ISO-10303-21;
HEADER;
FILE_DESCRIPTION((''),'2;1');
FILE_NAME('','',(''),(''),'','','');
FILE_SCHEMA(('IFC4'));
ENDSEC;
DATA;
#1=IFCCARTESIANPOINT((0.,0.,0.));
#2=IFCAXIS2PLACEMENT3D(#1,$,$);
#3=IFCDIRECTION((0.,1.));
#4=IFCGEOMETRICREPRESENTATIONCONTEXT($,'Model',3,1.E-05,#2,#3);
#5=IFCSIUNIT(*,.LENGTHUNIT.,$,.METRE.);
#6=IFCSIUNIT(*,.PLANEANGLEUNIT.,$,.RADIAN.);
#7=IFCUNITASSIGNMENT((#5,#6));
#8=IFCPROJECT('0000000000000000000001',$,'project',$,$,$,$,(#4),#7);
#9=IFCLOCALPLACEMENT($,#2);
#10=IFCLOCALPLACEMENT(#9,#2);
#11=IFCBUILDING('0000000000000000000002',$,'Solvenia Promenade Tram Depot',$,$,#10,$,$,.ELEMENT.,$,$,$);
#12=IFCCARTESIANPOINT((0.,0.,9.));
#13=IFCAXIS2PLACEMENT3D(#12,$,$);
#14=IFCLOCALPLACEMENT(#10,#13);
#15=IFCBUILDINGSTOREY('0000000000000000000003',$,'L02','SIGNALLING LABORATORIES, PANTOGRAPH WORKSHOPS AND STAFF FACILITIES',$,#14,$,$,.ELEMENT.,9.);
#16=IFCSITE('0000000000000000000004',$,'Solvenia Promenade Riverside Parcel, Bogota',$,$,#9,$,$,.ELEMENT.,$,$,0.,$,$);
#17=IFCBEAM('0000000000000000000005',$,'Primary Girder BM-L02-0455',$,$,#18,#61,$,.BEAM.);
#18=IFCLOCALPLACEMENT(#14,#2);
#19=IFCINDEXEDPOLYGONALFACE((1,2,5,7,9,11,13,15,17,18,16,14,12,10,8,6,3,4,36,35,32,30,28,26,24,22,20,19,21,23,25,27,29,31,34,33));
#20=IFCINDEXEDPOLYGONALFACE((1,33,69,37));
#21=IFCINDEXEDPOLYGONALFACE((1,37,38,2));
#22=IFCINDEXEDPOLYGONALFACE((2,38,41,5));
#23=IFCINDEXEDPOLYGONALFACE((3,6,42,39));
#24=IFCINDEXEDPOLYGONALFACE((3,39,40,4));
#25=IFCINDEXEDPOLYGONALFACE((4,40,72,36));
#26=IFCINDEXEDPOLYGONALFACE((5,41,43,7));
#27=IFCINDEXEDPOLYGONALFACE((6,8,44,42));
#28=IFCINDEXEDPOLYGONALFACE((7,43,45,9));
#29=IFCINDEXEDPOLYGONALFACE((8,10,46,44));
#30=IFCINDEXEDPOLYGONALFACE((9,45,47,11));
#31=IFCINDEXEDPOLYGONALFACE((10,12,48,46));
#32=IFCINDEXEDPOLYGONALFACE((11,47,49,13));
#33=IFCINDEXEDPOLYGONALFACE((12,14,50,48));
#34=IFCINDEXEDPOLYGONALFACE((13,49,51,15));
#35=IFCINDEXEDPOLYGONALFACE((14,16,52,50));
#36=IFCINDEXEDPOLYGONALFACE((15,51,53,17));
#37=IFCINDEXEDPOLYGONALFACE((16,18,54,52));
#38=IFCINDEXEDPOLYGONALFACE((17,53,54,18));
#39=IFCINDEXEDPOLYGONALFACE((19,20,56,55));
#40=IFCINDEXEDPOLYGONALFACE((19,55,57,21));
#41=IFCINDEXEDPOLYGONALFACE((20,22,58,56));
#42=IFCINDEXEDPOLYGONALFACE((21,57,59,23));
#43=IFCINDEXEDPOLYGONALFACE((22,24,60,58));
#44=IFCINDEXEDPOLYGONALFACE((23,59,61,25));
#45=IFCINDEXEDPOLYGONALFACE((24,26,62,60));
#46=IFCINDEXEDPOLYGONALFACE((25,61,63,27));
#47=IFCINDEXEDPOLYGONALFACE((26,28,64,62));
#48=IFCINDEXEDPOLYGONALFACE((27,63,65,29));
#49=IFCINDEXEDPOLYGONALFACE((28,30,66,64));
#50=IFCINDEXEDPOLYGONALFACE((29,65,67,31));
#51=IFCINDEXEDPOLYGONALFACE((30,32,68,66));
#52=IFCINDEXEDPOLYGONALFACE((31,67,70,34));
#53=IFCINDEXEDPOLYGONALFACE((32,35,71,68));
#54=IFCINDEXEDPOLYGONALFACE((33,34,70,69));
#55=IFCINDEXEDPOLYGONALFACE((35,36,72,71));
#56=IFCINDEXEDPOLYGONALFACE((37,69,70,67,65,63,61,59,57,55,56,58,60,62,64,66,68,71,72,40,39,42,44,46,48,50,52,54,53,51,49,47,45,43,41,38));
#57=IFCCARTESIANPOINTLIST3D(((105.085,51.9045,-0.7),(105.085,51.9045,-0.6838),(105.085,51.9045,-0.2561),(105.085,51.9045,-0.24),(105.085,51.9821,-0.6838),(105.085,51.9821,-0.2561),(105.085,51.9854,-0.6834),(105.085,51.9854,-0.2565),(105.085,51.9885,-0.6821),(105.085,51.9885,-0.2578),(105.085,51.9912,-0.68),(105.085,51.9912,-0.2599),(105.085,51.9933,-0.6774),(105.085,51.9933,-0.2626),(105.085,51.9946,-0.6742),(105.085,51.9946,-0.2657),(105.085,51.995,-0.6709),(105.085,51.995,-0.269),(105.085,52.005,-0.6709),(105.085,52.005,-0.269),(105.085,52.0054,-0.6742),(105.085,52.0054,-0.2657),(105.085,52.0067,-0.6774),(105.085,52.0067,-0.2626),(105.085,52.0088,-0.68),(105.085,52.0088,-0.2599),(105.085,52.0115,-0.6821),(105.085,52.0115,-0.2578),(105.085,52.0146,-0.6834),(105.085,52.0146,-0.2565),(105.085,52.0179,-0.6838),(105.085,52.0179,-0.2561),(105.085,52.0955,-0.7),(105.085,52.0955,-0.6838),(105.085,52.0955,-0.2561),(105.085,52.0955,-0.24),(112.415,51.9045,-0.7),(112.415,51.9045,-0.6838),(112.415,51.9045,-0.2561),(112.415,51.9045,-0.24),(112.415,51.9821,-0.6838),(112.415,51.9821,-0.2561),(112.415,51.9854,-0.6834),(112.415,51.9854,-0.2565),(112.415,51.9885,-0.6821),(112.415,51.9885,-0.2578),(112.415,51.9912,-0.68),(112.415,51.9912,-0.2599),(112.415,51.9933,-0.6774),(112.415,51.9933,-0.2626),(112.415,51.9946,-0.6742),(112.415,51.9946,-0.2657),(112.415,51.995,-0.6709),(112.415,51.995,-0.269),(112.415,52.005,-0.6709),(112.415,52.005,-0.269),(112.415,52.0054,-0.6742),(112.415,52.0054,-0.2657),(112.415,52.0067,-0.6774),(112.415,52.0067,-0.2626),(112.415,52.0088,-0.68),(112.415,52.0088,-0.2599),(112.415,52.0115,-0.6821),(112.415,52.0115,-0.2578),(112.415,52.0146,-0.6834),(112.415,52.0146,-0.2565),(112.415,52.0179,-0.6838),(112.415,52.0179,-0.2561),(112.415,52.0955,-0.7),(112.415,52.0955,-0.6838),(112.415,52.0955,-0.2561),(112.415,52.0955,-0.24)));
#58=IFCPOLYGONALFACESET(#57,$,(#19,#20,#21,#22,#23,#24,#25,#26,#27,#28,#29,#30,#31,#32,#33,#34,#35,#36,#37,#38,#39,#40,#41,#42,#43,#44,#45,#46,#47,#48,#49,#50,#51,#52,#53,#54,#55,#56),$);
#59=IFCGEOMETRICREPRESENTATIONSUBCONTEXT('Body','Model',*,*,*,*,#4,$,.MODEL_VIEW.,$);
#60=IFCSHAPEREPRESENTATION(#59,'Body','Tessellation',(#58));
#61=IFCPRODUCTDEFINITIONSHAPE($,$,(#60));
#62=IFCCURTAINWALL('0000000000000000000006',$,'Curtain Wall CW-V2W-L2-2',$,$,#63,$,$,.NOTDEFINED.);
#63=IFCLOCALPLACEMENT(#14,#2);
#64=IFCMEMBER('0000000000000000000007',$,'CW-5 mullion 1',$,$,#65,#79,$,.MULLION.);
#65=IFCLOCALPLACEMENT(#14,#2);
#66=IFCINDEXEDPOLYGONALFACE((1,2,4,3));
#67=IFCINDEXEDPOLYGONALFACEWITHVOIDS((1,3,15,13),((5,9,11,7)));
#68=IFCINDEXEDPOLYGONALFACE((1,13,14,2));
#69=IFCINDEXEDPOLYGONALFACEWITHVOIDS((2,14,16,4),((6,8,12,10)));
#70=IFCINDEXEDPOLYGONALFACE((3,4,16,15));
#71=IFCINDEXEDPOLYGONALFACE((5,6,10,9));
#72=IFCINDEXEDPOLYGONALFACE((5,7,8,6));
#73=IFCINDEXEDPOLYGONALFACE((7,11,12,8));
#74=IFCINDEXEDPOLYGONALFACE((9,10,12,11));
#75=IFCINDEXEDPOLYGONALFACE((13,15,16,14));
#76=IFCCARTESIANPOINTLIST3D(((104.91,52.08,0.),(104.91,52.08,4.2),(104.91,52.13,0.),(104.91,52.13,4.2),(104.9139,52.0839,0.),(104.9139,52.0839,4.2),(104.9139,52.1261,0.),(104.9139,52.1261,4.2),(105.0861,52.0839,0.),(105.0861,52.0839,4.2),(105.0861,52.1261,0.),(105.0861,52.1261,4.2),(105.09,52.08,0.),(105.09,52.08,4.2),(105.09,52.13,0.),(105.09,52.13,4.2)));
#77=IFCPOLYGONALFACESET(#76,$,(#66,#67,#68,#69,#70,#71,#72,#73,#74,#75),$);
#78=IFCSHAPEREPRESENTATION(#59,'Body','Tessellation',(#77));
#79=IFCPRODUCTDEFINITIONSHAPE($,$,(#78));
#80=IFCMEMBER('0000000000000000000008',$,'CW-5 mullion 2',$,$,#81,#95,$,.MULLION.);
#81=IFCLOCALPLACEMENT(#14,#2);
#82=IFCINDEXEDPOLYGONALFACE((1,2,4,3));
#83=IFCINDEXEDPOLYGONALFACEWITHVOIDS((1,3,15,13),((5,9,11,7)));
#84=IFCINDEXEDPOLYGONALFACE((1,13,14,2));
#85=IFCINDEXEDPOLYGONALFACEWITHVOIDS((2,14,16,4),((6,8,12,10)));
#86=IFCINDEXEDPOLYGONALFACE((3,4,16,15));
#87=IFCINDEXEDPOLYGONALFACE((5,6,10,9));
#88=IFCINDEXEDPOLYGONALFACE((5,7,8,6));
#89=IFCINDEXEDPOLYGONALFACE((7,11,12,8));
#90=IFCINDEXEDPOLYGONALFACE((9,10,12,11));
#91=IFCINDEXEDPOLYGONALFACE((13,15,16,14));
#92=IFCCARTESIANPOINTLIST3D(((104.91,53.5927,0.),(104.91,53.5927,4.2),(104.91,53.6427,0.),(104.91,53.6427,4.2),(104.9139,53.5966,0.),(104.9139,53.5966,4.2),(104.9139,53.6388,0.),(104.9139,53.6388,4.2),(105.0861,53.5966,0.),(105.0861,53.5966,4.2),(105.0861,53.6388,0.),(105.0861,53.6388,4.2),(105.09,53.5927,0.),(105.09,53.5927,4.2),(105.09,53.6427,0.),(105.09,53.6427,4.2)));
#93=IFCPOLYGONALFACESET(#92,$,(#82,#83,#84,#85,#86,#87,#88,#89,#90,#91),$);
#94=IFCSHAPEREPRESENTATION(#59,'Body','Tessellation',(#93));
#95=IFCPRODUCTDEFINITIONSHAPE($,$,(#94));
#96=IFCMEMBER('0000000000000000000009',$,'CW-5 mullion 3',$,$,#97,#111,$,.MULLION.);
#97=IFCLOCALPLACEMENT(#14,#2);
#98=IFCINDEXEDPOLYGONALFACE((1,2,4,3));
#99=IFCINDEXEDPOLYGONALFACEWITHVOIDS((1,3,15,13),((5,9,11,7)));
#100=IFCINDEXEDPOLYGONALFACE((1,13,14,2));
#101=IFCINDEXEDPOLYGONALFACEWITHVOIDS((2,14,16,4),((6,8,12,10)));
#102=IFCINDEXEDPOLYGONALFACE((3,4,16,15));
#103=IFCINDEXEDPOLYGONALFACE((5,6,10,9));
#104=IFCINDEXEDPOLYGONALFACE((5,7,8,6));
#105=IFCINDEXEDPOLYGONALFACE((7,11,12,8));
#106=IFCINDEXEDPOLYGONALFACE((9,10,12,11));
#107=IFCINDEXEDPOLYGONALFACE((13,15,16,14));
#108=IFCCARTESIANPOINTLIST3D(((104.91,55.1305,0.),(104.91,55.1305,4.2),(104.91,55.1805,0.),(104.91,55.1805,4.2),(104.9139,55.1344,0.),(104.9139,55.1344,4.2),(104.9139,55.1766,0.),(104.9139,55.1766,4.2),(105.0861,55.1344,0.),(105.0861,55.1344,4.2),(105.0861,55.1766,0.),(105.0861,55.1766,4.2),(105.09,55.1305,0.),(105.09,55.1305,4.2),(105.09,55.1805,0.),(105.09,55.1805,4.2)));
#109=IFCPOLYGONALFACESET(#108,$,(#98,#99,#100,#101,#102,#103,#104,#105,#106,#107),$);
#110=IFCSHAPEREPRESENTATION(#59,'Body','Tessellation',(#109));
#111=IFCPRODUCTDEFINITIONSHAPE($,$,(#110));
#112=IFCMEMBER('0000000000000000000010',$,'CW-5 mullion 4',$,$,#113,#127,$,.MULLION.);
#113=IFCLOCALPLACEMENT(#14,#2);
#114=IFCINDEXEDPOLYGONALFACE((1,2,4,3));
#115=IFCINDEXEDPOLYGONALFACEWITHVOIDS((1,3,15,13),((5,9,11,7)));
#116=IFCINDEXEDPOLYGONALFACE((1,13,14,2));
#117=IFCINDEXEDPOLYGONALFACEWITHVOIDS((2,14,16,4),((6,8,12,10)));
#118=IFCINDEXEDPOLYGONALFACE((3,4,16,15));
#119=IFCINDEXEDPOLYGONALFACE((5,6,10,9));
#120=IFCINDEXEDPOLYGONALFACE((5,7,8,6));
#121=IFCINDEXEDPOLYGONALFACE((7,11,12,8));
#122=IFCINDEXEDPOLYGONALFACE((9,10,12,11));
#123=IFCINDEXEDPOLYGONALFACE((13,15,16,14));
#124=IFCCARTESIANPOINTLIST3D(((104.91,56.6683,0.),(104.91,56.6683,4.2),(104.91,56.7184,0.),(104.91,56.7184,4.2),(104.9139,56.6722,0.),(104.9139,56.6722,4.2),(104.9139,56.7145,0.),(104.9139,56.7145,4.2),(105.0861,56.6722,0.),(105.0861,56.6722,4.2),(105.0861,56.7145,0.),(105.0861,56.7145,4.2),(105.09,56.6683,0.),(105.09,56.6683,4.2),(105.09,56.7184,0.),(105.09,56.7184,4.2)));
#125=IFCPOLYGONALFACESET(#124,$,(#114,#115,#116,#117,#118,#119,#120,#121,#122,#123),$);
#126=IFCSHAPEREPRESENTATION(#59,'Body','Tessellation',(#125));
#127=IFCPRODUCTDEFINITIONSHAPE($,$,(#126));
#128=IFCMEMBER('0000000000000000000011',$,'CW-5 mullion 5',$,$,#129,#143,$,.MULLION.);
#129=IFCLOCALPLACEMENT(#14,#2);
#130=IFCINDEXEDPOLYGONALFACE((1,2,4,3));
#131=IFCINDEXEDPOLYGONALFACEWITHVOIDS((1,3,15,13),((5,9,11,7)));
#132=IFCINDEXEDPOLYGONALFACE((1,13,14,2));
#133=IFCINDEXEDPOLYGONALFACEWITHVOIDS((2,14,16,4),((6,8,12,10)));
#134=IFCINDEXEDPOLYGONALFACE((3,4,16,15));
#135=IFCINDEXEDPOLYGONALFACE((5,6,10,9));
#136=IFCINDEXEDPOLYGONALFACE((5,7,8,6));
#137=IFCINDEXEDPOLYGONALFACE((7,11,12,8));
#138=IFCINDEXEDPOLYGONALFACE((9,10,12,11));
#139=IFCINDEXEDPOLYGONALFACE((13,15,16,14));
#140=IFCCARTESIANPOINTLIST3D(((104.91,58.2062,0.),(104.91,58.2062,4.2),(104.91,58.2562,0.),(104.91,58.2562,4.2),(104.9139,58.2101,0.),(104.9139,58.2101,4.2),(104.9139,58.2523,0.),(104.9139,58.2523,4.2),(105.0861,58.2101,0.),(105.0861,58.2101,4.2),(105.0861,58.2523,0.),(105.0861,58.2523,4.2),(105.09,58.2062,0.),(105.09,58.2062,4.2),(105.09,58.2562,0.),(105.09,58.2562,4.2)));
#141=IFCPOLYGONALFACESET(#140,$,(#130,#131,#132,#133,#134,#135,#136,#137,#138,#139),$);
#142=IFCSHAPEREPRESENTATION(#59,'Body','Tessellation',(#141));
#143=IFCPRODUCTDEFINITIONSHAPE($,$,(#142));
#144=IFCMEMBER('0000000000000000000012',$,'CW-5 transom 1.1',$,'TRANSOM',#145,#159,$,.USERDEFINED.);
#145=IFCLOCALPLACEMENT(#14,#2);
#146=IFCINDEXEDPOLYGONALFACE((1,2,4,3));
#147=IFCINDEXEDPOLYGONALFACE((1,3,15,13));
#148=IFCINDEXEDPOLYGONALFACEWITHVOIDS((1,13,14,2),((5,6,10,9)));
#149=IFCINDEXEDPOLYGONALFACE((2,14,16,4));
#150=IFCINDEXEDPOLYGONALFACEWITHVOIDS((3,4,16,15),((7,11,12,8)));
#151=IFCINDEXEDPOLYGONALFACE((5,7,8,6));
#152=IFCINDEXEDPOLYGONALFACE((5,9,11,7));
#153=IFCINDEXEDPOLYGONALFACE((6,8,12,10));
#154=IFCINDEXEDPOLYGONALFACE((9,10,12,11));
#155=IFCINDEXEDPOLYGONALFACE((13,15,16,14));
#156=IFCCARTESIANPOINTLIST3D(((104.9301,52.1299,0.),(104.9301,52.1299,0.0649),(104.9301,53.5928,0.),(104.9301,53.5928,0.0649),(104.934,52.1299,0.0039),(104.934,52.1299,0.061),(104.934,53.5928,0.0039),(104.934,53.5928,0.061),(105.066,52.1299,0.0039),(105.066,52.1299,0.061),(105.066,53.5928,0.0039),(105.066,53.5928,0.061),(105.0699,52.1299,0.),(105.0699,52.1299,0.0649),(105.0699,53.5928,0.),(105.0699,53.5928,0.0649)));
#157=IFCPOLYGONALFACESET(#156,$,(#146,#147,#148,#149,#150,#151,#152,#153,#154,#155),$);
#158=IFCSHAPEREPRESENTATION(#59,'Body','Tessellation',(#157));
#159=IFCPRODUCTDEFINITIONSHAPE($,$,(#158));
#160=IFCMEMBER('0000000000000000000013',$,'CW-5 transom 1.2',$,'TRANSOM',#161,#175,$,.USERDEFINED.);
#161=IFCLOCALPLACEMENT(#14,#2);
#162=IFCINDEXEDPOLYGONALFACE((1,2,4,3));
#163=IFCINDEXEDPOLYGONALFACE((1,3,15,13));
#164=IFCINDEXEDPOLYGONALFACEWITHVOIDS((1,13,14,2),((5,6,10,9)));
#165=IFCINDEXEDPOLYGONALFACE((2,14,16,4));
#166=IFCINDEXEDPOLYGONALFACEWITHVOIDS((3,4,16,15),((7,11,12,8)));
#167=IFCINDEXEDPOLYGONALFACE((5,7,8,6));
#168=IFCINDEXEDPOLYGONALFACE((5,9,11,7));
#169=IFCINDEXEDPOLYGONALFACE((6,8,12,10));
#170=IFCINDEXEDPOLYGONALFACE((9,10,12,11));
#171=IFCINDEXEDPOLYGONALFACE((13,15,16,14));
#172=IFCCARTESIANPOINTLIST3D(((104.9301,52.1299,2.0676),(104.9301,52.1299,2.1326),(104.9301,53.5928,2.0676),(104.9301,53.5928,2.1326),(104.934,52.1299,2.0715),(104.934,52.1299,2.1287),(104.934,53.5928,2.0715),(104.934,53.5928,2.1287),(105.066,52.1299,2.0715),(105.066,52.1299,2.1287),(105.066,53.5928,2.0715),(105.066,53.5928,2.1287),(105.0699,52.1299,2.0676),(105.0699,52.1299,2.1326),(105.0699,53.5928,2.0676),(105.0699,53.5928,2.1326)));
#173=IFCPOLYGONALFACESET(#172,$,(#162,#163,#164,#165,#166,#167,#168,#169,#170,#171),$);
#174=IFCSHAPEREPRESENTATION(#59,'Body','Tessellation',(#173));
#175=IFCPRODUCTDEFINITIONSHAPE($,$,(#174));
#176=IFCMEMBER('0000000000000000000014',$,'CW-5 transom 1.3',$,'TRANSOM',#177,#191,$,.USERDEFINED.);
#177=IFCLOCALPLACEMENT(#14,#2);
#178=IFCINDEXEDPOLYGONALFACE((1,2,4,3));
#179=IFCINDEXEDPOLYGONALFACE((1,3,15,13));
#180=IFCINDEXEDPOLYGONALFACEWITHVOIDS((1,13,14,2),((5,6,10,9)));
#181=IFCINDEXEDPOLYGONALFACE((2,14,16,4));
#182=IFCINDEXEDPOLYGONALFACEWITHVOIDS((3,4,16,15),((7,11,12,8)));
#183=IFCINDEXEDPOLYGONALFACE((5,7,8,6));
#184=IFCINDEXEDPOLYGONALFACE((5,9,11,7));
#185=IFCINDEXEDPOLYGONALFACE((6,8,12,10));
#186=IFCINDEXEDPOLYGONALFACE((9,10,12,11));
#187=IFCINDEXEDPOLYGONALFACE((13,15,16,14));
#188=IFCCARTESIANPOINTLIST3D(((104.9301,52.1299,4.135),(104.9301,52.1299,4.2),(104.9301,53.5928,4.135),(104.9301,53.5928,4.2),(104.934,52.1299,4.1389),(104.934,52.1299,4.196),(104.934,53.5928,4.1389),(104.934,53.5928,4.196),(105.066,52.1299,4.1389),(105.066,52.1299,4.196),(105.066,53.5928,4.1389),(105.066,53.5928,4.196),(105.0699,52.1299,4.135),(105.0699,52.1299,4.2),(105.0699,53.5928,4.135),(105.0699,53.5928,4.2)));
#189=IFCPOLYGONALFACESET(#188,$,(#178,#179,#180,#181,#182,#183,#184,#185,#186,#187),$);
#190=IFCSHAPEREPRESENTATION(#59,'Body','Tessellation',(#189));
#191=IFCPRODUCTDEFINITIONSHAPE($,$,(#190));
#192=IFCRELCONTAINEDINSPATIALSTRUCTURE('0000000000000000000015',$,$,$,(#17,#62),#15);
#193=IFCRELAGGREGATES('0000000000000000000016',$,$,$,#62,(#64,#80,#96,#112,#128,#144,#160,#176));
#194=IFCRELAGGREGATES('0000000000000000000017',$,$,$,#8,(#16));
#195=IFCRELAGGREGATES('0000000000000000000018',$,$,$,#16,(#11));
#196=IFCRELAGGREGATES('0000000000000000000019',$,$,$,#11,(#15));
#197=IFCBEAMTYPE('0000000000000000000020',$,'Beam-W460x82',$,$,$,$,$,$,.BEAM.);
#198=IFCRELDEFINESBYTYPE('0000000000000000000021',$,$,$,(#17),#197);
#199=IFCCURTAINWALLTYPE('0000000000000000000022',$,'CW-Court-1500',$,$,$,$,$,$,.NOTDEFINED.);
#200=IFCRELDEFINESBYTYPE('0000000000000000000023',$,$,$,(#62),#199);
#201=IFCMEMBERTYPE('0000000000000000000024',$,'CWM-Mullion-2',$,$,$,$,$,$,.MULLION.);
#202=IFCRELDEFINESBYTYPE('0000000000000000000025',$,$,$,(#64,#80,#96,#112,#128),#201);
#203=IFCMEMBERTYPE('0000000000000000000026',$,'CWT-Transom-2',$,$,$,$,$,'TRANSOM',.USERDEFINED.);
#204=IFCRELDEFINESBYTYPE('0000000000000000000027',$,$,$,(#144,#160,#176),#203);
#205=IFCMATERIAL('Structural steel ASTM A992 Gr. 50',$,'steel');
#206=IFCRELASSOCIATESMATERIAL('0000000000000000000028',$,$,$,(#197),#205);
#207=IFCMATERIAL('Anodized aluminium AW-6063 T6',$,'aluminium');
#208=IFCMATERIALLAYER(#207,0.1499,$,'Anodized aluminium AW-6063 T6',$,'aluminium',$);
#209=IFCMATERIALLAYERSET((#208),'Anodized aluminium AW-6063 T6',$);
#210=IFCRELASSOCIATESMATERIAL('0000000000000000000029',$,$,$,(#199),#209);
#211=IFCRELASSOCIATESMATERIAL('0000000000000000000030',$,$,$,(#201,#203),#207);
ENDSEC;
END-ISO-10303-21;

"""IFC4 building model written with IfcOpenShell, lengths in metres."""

from ifc_helpers import new_model, si_unit, direction, frame, origin, origin_2d, place, context, subcontext, project, spatial, hollow_rectangle, i_section, extrude, material, layer, layer_set, material_profile, profile_set, type_object, element, aggregate, save


model = new_model("IFC4")

# Units and contexts
model_context = context("Model", 3, precision=1e-05, world=origin(), true_north=direction((0.0, 1.0)))
body_context = subcontext(model_context, "Body", "Model", "MODEL_VIEW")
ifc_project = project(units=[si_unit("LENGTHUNIT", "METRE"), si_unit("PLANEANGLEUNIT", "RADIAN")], contexts=[model_context])

# Site, building, storey
site_placement = place(None, origin())
site = spatial("IfcSite", under=ifc_project, at=site_placement, Name="Solvenia Promenade Riverside Parcel, Bogota", CompositionType="ELEMENT", RefElevation=0.0)
building_placement = place(site_placement, origin())
building = spatial("IfcBuilding", under=site, at=building_placement, Name="Solvenia Promenade Tram Depot", CompositionType="ELEMENT")
storey_placement = place(building_placement, frame((0.0, 0.0, 9.0)))
storey = spatial("IfcBuildingStorey", under=building, at=storey_placement, Name="L02", Description="SIGNALLING LABORATORIES, PANTOGRAPH WORKSHOPS AND STAFF FACILITIES", CompositionType="ELEMENT", Elevation=9.0)

# Beam
ifc_material_1 = material(Name="Structural steel ASTM A992 Gr. 50", Category="steel")
ifc_material_profile_1 = material_profile(ifc_material_1, i_section(OverallWidth=0.1909, OverallDepth=0.46, WebThickness=0.01, FlangeThickness=0.0161, FilletRadius=0.0129, at=origin_2d()), Name="W460x82", Category="steel")
ifc_profile_set_1 = profile_set([ifc_material_profile_1], Name="Structural steel ASTM A992 Gr. 50")
beam_type_1 = type_object("IfcBeamType", Name="Beam-W460x82", PredefinedType="BEAM", material=ifc_profile_set_1)
beam_1_placement = place(storey_placement, frame((105.085, 52.0, -0.47), z_axis=(1.0, 0.0, 0.0), x_axis=(0.0, 1.0, 0.0)))
element("IfcBeam", 1, at=beam_1_placement, inside=storey, type_object=beam_type_1, Name="Primary Girder BM-L02-0455", PredefinedType="BEAM", context=body_context, shape_type="SweptSolid", body=[
    extrude(i_section(OverallWidth=0.1909, OverallDepth=0.46, WebThickness=0.01, FlangeThickness=0.0161, FilletRadius=0.0129, at=origin_2d()), origin(), (0.0, 0.0, 1.0), 7.3301),
])

# Curtain wall, members
ifc_material_2 = material(Name="Anodized aluminium AW-6063 T6", Category="aluminium")
ifc_layer_1 = layer(ifc_material_2, 0.1499, Name="Anodized aluminium AW-6063 T6", Category="aluminium")
ifc_layer_set_1 = layer_set([ifc_layer_1], Name="Anodized aluminium AW-6063 T6")
curtain_wall_type = type_object("IfcCurtainWallType", Name="CW-Court-1500", PredefinedType="NOTDEFINED", material=ifc_layer_set_1)
curtain_wall_placement = place(storey_placement, origin())
curtain_wall = element("IfcCurtainWall", 2, at=curtain_wall_placement, inside=storey, type_object=curtain_wall_type, Name="Curtain Wall CW-V2W-L2-2", PredefinedType="NOTDEFINED")
ifc_material_profile_2 = material_profile(ifc_material_2, hollow_rectangle(XDim=0.1799, YDim=0.05, WallThickness=0.0039, at=origin_2d()), Name="ALU-M2", Category="aluminium")
ifc_profile_set_2 = profile_set([ifc_material_profile_2], Name="Anodized aluminium AW-6063 T6")
member_type_1 = type_object("IfcMemberType", Name="CWM-Mullion-2", PredefinedType="MULLION", material=ifc_profile_set_2)
member_1_placement = place(storey_placement, frame((105.0, 52.105, 0.0), z_axis=(0.0, 0.0, 1.0), x_axis=(-1.0, 0.0, 0.0)))
member_1 = element("IfcMember", 3, at=member_1_placement, type_object=member_type_1, Name="CW-5 mullion 1", PredefinedType="MULLION", context=body_context, shape_type="SweptSolid", body=[
    extrude(hollow_rectangle(XDim=0.1799, YDim=0.05, WallThickness=0.0039, at=origin_2d()), origin(), (0.0, 0.0, 1.0), 4.2),
])
member_2_placement = place(storey_placement, frame((105.0, 53.6177, 0.0), z_axis=(0.0, 0.0, 1.0), x_axis=(-1.0, 0.0, 0.0)))
member_2 = element("IfcMember", 4, at=member_2_placement, type_object=member_type_1, Name="CW-5 mullion 2", PredefinedType="MULLION", context=body_context, shape_type="SweptSolid", body=[
    extrude(hollow_rectangle(XDim=0.1799, YDim=0.05, WallThickness=0.0039, at=origin_2d()), origin(), (0.0, 0.0, 1.0), 4.2),
])
member_3_placement = place(storey_placement, frame((105.0, 55.1555, 0.0), z_axis=(0.0, 0.0, 1.0), x_axis=(-1.0, 0.0, 0.0)))
member_3 = element("IfcMember", 5, at=member_3_placement, type_object=member_type_1, Name="CW-5 mullion 3", PredefinedType="MULLION", context=body_context, shape_type="SweptSolid", body=[
    extrude(hollow_rectangle(XDim=0.1799, YDim=0.05, WallThickness=0.0039, at=origin_2d()), origin(), (0.0, 0.0, 1.0), 4.2),
])
member_4_placement = place(storey_placement, frame((105.0, 56.6934, 0.0), z_axis=(0.0, 0.0, 1.0), x_axis=(-1.0, 0.0, 0.0)))
member_4 = element("IfcMember", 6, at=member_4_placement, type_object=member_type_1, Name="CW-5 mullion 4", PredefinedType="MULLION", context=body_context, shape_type="SweptSolid", body=[
    extrude(hollow_rectangle(XDim=0.1799, YDim=0.05, WallThickness=0.0039, at=origin_2d()), origin(), (0.0, 0.0, 1.0), 4.2),
])
member_5_placement = place(storey_placement, frame((105.0, 58.2312, 0.0), z_axis=(0.0, 0.0, 1.0), x_axis=(-1.0, 0.0, 0.0)))
member_5 = element("IfcMember", 7, at=member_5_placement, type_object=member_type_1, Name="CW-5 mullion 5", PredefinedType="MULLION", context=body_context, shape_type="SweptSolid", body=[
    extrude(hollow_rectangle(XDim=0.1799, YDim=0.05, WallThickness=0.0039, at=origin_2d()), origin(), (0.0, 0.0, 1.0), 4.2),
])
ifc_material_profile_3 = material_profile(ifc_material_2, hollow_rectangle(XDim=0.1399, YDim=0.0649, WallThickness=0.0039, at=origin_2d()), Name="ALU-T2", Category="aluminium")
ifc_profile_set_3 = profile_set([ifc_material_profile_3], Name="Anodized aluminium AW-6063 T6")
member_type_2 = type_object("IfcMemberType", Name="CWT-Transom-2", ElementType="TRANSOM", PredefinedType="USERDEFINED", material=ifc_profile_set_3)
member_6_placement = place(storey_placement, frame((105.0, 52.1299, 0.0325), z_axis=(0.0, 1.0, 0.0), x_axis=(-1.0, 0.0, 0.0)))
member_6 = element("IfcMember", 8, at=member_6_placement, type_object=member_type_2, Name="CW-5 transom 1.1", ObjectType="TRANSOM", PredefinedType="USERDEFINED", context=body_context, shape_type="SweptSolid", body=[
    extrude(hollow_rectangle(XDim=0.1399, YDim=0.0649, WallThickness=0.0039, at=origin_2d()), origin(), (0.0, 0.0, 1.0), 1.4629),
])
member_7_placement = place(storey_placement, frame((105.0, 52.1299, 2.1001), z_axis=(0.0, 1.0, 0.0), x_axis=(-1.0, 0.0, 0.0)))
member_7 = element("IfcMember", 9, at=member_7_placement, type_object=member_type_2, Name="CW-5 transom 1.2", ObjectType="TRANSOM", PredefinedType="USERDEFINED", context=body_context, shape_type="SweptSolid", body=[
    extrude(hollow_rectangle(XDim=0.1399, YDim=0.0649, WallThickness=0.0039, at=origin_2d()), origin(), (0.0, 0.0, 1.0), 1.4629),
])
member_8_placement = place(storey_placement, frame((105.0, 52.1299, 4.1675), z_axis=(0.0, 1.0, 0.0), x_axis=(-1.0, 0.0, 0.0)))
member_8 = element("IfcMember", 10, at=member_8_placement, type_object=member_type_2, Name="CW-5 transom 1.3", ObjectType="TRANSOM", PredefinedType="USERDEFINED", context=body_context, shape_type="SweptSolid", body=[
    extrude(hollow_rectangle(XDim=0.1399, YDim=0.0649, WallThickness=0.0039, at=origin_2d()), origin(), (0.0, 0.0, 1.0), 1.4629),
])

aggregate(curtain_wall, [member_1, member_2, member_3, member_4, member_5, member_6, member_7, member_8])

save(model, "model.ifc")
